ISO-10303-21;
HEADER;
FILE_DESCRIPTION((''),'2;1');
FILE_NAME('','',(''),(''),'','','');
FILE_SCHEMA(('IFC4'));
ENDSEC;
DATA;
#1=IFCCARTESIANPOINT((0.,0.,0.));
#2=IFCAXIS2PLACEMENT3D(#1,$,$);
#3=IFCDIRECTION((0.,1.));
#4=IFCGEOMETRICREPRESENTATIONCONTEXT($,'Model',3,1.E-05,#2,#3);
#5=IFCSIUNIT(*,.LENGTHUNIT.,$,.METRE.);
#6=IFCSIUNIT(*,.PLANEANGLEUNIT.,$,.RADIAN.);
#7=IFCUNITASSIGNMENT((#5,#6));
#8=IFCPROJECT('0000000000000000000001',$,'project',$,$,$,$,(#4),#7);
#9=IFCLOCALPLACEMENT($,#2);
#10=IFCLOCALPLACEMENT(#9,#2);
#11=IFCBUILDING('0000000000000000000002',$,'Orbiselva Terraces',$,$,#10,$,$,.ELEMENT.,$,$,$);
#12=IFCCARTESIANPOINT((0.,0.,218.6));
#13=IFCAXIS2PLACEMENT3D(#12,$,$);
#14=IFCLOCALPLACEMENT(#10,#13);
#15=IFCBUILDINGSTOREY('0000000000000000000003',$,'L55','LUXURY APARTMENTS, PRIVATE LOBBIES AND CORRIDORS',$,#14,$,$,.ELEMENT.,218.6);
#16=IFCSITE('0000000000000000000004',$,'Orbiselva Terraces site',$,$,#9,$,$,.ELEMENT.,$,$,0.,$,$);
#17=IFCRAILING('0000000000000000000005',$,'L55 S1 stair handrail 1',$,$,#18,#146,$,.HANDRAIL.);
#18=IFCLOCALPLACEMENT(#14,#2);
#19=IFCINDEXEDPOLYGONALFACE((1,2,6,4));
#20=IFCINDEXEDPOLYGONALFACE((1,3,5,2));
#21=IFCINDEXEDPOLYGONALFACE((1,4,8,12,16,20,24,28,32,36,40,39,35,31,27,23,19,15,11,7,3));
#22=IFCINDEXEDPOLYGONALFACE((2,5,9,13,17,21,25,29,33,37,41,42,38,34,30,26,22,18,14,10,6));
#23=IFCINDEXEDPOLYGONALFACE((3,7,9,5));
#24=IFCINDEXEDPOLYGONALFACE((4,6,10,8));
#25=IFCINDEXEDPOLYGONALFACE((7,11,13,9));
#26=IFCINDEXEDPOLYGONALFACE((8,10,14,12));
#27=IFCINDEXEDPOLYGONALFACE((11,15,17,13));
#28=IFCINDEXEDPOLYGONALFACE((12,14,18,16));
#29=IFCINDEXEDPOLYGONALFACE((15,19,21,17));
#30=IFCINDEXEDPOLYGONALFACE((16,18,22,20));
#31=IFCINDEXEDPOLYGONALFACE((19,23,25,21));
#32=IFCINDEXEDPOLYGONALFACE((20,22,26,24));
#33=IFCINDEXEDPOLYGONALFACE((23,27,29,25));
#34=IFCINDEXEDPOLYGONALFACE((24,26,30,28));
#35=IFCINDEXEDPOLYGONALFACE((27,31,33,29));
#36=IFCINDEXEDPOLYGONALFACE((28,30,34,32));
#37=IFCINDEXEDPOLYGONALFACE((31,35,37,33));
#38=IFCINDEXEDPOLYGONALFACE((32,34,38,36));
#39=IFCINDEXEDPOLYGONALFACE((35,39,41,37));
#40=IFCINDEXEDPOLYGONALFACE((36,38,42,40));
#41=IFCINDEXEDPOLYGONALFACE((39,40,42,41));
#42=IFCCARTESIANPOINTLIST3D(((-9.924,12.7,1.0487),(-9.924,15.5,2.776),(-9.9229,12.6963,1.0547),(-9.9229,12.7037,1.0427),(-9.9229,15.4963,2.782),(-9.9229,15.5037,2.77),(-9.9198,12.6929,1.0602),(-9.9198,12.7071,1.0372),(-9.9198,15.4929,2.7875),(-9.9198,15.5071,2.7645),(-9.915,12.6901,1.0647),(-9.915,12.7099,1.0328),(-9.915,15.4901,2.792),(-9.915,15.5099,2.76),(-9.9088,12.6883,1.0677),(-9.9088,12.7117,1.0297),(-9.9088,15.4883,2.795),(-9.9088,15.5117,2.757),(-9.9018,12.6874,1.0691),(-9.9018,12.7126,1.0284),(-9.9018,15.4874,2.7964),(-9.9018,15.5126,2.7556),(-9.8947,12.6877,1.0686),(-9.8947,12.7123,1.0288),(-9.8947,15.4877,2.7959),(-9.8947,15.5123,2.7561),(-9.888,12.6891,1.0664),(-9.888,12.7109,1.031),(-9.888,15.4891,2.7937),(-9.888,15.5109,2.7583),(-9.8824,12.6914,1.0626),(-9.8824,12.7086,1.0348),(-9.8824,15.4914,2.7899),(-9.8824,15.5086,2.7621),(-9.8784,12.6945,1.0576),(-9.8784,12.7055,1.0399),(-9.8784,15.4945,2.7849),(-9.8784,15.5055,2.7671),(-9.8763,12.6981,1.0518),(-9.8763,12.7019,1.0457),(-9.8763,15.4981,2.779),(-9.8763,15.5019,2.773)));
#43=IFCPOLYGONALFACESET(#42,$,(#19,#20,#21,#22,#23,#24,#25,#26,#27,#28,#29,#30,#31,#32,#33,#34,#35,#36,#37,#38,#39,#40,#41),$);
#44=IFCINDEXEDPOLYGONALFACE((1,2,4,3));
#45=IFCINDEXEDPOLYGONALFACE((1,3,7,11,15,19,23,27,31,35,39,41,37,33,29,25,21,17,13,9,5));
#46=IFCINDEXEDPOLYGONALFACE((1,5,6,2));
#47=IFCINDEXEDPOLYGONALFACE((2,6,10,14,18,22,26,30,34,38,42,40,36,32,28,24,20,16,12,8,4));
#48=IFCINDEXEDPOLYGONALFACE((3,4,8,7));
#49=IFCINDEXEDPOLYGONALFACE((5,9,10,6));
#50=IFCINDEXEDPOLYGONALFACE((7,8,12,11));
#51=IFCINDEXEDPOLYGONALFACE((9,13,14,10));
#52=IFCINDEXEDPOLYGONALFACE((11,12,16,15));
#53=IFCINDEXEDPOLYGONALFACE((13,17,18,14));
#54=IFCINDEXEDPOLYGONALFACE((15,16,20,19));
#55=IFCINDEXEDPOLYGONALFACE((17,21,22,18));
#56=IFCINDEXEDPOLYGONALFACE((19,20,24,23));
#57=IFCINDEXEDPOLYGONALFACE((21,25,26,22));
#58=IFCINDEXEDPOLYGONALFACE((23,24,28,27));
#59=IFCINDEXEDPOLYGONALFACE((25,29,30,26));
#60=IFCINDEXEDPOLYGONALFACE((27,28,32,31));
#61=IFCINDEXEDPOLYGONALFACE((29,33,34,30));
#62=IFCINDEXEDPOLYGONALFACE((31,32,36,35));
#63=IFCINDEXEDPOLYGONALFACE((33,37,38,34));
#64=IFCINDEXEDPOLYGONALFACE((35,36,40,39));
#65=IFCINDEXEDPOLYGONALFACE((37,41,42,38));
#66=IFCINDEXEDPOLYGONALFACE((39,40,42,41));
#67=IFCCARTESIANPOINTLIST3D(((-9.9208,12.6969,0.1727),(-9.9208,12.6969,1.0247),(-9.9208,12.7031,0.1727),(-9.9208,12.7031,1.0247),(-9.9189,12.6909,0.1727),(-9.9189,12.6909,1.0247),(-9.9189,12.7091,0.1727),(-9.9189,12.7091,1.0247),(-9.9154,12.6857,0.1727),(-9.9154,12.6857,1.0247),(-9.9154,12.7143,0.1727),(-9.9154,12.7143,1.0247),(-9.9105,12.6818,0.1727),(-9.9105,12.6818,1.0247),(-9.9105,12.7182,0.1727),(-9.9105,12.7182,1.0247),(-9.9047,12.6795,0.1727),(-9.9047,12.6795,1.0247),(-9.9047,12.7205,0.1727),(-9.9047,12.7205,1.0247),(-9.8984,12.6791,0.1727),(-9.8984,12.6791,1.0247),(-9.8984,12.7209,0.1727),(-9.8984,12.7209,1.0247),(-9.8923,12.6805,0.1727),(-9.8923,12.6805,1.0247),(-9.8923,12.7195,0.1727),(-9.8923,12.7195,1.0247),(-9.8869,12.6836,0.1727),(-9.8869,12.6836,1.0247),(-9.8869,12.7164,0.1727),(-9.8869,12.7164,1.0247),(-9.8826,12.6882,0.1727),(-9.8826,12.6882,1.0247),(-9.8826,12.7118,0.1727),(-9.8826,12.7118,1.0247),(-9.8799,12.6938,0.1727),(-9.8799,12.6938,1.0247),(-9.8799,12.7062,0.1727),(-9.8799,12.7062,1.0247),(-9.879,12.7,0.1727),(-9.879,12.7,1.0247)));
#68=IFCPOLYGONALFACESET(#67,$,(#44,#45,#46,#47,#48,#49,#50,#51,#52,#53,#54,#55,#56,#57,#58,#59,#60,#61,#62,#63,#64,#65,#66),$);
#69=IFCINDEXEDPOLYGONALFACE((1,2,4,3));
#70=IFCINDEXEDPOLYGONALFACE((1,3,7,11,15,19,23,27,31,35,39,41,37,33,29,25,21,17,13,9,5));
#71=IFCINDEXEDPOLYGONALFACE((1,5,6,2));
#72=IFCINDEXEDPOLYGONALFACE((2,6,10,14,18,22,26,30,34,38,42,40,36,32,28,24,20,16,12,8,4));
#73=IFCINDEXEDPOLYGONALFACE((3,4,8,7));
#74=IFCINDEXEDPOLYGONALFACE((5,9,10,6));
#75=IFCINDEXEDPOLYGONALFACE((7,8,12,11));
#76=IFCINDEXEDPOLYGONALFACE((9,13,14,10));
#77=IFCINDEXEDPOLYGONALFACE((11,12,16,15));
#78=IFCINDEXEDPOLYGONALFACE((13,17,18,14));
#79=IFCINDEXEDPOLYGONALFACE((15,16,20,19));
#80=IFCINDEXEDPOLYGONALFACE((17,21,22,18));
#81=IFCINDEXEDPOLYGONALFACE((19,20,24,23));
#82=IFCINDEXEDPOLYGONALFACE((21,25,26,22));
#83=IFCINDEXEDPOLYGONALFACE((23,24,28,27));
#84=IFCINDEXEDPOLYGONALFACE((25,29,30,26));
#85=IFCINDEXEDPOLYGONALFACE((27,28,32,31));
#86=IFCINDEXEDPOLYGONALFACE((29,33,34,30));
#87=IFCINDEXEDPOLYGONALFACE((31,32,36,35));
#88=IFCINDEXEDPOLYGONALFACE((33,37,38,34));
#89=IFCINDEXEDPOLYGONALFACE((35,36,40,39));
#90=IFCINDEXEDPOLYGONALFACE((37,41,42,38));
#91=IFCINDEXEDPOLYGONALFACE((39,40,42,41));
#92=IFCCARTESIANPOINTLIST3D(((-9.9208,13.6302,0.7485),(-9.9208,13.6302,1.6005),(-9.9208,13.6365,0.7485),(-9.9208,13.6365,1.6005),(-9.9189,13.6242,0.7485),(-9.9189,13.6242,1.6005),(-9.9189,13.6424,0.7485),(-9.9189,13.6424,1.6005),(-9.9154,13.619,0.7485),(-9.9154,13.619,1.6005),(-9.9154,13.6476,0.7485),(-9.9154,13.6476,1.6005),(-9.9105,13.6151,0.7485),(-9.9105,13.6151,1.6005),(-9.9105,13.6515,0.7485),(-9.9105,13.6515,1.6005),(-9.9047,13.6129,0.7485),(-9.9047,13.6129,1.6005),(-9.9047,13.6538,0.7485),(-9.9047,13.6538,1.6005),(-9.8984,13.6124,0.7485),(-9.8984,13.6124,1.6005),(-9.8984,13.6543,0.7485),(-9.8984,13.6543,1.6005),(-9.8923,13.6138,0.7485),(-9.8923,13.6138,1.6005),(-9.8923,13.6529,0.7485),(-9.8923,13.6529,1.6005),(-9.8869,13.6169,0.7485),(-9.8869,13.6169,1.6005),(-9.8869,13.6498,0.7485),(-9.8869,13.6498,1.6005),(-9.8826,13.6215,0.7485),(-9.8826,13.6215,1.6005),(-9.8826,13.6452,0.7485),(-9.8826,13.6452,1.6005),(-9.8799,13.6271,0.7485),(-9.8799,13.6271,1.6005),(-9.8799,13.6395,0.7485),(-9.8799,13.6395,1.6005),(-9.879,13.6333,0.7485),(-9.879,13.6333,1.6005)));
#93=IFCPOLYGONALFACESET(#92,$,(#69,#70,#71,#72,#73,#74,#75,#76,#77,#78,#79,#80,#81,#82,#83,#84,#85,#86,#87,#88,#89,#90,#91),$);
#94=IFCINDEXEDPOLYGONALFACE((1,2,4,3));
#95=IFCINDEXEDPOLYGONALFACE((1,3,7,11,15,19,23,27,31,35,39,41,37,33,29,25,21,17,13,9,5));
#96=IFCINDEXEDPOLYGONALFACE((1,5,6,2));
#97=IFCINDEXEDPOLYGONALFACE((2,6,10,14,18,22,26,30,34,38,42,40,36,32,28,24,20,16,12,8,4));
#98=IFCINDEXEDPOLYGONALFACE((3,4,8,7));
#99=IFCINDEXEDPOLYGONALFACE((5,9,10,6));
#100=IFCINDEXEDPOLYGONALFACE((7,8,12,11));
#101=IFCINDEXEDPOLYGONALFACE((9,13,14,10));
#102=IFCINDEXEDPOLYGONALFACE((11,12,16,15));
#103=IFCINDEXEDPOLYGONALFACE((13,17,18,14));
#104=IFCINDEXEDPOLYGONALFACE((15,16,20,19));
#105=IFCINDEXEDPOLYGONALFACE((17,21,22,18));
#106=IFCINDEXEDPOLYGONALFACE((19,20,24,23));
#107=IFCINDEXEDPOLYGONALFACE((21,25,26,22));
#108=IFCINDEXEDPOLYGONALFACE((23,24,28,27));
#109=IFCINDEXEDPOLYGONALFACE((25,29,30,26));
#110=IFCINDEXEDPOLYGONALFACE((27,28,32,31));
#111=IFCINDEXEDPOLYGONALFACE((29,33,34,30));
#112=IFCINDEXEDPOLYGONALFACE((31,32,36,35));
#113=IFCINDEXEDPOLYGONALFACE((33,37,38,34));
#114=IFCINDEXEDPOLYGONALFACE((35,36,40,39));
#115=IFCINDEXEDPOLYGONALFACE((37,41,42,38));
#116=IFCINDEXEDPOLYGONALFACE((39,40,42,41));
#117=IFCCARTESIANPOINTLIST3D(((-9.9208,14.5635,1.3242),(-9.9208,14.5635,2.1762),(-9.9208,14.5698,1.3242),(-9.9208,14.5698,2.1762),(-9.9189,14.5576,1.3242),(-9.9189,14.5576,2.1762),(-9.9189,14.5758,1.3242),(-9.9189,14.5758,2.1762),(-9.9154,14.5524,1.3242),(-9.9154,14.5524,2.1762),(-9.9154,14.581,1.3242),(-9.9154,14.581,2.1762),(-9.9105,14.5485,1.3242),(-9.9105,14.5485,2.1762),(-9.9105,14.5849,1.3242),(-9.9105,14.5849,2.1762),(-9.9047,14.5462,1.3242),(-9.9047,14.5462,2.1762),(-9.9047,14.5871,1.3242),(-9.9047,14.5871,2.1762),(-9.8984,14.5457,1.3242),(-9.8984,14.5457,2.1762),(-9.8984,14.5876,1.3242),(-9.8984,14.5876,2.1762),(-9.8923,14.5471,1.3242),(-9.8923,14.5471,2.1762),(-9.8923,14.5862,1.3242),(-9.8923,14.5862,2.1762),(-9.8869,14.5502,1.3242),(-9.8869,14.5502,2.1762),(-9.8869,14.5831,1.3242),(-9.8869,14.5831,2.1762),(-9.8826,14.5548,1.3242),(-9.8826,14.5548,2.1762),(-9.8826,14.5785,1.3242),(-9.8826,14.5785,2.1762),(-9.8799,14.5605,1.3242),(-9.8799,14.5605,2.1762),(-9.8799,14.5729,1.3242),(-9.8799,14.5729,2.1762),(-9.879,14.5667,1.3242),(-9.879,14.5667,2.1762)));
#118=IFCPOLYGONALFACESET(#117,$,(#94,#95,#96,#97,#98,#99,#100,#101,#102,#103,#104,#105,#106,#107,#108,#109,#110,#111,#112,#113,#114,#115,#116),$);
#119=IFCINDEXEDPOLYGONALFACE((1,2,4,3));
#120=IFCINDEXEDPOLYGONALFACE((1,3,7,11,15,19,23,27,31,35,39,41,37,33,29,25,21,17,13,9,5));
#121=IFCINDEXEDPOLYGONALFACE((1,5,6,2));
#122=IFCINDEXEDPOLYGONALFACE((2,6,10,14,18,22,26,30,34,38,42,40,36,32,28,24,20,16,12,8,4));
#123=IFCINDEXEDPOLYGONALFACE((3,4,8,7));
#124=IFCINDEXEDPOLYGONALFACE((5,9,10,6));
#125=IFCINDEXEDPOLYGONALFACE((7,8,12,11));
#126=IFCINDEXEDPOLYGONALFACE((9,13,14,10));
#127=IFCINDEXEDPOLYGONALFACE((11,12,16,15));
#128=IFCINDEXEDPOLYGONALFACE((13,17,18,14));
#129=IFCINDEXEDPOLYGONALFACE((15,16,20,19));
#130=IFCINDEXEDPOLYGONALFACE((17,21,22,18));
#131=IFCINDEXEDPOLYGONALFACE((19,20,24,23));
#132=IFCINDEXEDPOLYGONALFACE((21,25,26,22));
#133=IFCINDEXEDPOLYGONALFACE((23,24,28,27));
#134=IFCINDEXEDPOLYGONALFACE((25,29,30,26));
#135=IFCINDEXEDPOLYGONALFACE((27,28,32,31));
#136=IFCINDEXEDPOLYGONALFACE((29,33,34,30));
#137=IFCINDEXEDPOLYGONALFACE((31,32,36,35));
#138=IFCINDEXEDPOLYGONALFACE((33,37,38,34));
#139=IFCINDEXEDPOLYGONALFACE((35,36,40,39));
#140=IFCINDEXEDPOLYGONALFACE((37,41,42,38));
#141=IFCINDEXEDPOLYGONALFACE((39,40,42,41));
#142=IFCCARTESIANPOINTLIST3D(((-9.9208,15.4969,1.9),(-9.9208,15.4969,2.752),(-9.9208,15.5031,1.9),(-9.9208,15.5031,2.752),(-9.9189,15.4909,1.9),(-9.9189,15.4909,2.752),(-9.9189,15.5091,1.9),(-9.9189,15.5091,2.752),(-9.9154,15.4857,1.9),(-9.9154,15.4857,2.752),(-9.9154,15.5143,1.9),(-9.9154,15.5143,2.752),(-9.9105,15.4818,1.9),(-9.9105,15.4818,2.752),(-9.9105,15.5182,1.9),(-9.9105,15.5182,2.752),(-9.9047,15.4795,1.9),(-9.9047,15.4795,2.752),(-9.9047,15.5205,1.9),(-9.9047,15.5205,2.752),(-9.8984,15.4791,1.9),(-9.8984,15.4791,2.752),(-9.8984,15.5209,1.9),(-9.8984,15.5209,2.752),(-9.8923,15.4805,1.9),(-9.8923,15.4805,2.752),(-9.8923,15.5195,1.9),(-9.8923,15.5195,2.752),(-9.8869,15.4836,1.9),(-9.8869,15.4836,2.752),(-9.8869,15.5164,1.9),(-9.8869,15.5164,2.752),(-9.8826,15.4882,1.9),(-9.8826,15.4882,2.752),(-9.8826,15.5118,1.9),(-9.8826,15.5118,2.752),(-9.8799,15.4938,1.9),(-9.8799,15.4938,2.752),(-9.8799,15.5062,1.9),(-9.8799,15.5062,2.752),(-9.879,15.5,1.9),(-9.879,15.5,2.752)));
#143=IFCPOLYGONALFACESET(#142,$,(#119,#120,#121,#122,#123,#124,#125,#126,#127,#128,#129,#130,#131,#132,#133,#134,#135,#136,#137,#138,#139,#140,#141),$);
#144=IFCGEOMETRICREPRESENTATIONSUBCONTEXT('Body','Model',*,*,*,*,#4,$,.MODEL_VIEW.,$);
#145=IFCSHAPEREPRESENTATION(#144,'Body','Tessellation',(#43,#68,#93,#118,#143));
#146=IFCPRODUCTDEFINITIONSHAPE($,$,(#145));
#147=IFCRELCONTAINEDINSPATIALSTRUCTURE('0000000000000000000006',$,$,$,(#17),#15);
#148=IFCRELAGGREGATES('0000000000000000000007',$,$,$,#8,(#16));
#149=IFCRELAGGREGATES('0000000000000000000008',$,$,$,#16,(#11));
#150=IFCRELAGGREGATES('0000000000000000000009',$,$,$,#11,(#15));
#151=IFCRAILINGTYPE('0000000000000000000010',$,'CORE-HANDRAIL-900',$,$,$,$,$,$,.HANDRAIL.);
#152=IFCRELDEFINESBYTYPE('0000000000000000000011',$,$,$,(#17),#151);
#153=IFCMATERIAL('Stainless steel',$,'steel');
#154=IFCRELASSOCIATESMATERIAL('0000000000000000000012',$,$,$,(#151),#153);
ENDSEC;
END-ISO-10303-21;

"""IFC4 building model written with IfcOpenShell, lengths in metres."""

from ifc_helpers import new_model, si_unit, direction, frame, origin, origin_2d, place, context, subcontext, project, spatial, circle, extrude, material, type_object, element, save


model = new_model("IFC4")

# Units and contexts
model_context = context("Model", 3, precision=1e-05, world=origin(), true_north=direction((0.0, 1.0)))
body_context = subcontext(model_context, "Body", "Model", "MODEL_VIEW")
ifc_project = project(units=[si_unit("LENGTHUNIT", "METRE"), si_unit("PLANEANGLEUNIT", "RADIAN")], contexts=[model_context])

# Site, building, storey
site_placement = place(None, origin())
site = spatial("IfcSite", under=ifc_project, at=site_placement, Name="Orbiselva Terraces site", CompositionType="ELEMENT", RefElevation=0.0)
building_placement = place(site_placement, origin())
building = spatial("IfcBuilding", under=site, at=building_placement, Name="Orbiselva Terraces", CompositionType="ELEMENT")
storey_placement = place(building_placement, frame((0.0, 0.0, 218.6)))
storey = spatial("IfcBuildingStorey", under=building, at=storey_placement, Name="L55", Description="LUXURY APARTMENTS, PRIVATE LOBBIES AND CORRIDORS", CompositionType="ELEMENT", Elevation=218.6)

# Railing
ifc_material_1 = material(Name="Stainless steel", Category="steel")
railing_type_1 = type_object("IfcRailingType", Name="CORE-HANDRAIL-900", PredefinedType="HANDRAIL", material=ifc_material_1)
railing_1_placement = place(storey_placement, frame((-9.9, 12.7, 0.1727)))
element("IfcRailing", 1, at=railing_1_placement, inside=storey, type_object=railing_type_1, Name="L55 S1 stair handrail 1", PredefinedType="HANDRAIL", context=body_context, shape_type="SweptSolid", body=[
    extrude(circle(Radius=0.024, at=origin_2d()), frame((0.0, 0.0, 0.876), z_axis=(0.0, 0.851089, 0.525022), x_axis=(-1.0, 0.0, 0.0)), (0.0, 0.0, 1.0), 3.2899),
    extrude(circle(Radius=0.021, at=origin_2d()), origin(), (0.0, 0.0, 1.0), 0.852),
    extrude(circle(Radius=0.021, at=origin_2d()), frame((0.0, 0.9333, 0.5758)), (0.0, 0.0, 1.0), 0.852),
    extrude(circle(Radius=0.021, at=origin_2d()), frame((0.0, 1.8667, 1.1515)), (0.0, 0.0, 1.0), 0.852),
    extrude(circle(Radius=0.021, at=origin_2d()), frame((0.0, 2.8, 1.7273)), (0.0, 0.0, 1.0), 0.852),
])

save(model, "model.ifc")
